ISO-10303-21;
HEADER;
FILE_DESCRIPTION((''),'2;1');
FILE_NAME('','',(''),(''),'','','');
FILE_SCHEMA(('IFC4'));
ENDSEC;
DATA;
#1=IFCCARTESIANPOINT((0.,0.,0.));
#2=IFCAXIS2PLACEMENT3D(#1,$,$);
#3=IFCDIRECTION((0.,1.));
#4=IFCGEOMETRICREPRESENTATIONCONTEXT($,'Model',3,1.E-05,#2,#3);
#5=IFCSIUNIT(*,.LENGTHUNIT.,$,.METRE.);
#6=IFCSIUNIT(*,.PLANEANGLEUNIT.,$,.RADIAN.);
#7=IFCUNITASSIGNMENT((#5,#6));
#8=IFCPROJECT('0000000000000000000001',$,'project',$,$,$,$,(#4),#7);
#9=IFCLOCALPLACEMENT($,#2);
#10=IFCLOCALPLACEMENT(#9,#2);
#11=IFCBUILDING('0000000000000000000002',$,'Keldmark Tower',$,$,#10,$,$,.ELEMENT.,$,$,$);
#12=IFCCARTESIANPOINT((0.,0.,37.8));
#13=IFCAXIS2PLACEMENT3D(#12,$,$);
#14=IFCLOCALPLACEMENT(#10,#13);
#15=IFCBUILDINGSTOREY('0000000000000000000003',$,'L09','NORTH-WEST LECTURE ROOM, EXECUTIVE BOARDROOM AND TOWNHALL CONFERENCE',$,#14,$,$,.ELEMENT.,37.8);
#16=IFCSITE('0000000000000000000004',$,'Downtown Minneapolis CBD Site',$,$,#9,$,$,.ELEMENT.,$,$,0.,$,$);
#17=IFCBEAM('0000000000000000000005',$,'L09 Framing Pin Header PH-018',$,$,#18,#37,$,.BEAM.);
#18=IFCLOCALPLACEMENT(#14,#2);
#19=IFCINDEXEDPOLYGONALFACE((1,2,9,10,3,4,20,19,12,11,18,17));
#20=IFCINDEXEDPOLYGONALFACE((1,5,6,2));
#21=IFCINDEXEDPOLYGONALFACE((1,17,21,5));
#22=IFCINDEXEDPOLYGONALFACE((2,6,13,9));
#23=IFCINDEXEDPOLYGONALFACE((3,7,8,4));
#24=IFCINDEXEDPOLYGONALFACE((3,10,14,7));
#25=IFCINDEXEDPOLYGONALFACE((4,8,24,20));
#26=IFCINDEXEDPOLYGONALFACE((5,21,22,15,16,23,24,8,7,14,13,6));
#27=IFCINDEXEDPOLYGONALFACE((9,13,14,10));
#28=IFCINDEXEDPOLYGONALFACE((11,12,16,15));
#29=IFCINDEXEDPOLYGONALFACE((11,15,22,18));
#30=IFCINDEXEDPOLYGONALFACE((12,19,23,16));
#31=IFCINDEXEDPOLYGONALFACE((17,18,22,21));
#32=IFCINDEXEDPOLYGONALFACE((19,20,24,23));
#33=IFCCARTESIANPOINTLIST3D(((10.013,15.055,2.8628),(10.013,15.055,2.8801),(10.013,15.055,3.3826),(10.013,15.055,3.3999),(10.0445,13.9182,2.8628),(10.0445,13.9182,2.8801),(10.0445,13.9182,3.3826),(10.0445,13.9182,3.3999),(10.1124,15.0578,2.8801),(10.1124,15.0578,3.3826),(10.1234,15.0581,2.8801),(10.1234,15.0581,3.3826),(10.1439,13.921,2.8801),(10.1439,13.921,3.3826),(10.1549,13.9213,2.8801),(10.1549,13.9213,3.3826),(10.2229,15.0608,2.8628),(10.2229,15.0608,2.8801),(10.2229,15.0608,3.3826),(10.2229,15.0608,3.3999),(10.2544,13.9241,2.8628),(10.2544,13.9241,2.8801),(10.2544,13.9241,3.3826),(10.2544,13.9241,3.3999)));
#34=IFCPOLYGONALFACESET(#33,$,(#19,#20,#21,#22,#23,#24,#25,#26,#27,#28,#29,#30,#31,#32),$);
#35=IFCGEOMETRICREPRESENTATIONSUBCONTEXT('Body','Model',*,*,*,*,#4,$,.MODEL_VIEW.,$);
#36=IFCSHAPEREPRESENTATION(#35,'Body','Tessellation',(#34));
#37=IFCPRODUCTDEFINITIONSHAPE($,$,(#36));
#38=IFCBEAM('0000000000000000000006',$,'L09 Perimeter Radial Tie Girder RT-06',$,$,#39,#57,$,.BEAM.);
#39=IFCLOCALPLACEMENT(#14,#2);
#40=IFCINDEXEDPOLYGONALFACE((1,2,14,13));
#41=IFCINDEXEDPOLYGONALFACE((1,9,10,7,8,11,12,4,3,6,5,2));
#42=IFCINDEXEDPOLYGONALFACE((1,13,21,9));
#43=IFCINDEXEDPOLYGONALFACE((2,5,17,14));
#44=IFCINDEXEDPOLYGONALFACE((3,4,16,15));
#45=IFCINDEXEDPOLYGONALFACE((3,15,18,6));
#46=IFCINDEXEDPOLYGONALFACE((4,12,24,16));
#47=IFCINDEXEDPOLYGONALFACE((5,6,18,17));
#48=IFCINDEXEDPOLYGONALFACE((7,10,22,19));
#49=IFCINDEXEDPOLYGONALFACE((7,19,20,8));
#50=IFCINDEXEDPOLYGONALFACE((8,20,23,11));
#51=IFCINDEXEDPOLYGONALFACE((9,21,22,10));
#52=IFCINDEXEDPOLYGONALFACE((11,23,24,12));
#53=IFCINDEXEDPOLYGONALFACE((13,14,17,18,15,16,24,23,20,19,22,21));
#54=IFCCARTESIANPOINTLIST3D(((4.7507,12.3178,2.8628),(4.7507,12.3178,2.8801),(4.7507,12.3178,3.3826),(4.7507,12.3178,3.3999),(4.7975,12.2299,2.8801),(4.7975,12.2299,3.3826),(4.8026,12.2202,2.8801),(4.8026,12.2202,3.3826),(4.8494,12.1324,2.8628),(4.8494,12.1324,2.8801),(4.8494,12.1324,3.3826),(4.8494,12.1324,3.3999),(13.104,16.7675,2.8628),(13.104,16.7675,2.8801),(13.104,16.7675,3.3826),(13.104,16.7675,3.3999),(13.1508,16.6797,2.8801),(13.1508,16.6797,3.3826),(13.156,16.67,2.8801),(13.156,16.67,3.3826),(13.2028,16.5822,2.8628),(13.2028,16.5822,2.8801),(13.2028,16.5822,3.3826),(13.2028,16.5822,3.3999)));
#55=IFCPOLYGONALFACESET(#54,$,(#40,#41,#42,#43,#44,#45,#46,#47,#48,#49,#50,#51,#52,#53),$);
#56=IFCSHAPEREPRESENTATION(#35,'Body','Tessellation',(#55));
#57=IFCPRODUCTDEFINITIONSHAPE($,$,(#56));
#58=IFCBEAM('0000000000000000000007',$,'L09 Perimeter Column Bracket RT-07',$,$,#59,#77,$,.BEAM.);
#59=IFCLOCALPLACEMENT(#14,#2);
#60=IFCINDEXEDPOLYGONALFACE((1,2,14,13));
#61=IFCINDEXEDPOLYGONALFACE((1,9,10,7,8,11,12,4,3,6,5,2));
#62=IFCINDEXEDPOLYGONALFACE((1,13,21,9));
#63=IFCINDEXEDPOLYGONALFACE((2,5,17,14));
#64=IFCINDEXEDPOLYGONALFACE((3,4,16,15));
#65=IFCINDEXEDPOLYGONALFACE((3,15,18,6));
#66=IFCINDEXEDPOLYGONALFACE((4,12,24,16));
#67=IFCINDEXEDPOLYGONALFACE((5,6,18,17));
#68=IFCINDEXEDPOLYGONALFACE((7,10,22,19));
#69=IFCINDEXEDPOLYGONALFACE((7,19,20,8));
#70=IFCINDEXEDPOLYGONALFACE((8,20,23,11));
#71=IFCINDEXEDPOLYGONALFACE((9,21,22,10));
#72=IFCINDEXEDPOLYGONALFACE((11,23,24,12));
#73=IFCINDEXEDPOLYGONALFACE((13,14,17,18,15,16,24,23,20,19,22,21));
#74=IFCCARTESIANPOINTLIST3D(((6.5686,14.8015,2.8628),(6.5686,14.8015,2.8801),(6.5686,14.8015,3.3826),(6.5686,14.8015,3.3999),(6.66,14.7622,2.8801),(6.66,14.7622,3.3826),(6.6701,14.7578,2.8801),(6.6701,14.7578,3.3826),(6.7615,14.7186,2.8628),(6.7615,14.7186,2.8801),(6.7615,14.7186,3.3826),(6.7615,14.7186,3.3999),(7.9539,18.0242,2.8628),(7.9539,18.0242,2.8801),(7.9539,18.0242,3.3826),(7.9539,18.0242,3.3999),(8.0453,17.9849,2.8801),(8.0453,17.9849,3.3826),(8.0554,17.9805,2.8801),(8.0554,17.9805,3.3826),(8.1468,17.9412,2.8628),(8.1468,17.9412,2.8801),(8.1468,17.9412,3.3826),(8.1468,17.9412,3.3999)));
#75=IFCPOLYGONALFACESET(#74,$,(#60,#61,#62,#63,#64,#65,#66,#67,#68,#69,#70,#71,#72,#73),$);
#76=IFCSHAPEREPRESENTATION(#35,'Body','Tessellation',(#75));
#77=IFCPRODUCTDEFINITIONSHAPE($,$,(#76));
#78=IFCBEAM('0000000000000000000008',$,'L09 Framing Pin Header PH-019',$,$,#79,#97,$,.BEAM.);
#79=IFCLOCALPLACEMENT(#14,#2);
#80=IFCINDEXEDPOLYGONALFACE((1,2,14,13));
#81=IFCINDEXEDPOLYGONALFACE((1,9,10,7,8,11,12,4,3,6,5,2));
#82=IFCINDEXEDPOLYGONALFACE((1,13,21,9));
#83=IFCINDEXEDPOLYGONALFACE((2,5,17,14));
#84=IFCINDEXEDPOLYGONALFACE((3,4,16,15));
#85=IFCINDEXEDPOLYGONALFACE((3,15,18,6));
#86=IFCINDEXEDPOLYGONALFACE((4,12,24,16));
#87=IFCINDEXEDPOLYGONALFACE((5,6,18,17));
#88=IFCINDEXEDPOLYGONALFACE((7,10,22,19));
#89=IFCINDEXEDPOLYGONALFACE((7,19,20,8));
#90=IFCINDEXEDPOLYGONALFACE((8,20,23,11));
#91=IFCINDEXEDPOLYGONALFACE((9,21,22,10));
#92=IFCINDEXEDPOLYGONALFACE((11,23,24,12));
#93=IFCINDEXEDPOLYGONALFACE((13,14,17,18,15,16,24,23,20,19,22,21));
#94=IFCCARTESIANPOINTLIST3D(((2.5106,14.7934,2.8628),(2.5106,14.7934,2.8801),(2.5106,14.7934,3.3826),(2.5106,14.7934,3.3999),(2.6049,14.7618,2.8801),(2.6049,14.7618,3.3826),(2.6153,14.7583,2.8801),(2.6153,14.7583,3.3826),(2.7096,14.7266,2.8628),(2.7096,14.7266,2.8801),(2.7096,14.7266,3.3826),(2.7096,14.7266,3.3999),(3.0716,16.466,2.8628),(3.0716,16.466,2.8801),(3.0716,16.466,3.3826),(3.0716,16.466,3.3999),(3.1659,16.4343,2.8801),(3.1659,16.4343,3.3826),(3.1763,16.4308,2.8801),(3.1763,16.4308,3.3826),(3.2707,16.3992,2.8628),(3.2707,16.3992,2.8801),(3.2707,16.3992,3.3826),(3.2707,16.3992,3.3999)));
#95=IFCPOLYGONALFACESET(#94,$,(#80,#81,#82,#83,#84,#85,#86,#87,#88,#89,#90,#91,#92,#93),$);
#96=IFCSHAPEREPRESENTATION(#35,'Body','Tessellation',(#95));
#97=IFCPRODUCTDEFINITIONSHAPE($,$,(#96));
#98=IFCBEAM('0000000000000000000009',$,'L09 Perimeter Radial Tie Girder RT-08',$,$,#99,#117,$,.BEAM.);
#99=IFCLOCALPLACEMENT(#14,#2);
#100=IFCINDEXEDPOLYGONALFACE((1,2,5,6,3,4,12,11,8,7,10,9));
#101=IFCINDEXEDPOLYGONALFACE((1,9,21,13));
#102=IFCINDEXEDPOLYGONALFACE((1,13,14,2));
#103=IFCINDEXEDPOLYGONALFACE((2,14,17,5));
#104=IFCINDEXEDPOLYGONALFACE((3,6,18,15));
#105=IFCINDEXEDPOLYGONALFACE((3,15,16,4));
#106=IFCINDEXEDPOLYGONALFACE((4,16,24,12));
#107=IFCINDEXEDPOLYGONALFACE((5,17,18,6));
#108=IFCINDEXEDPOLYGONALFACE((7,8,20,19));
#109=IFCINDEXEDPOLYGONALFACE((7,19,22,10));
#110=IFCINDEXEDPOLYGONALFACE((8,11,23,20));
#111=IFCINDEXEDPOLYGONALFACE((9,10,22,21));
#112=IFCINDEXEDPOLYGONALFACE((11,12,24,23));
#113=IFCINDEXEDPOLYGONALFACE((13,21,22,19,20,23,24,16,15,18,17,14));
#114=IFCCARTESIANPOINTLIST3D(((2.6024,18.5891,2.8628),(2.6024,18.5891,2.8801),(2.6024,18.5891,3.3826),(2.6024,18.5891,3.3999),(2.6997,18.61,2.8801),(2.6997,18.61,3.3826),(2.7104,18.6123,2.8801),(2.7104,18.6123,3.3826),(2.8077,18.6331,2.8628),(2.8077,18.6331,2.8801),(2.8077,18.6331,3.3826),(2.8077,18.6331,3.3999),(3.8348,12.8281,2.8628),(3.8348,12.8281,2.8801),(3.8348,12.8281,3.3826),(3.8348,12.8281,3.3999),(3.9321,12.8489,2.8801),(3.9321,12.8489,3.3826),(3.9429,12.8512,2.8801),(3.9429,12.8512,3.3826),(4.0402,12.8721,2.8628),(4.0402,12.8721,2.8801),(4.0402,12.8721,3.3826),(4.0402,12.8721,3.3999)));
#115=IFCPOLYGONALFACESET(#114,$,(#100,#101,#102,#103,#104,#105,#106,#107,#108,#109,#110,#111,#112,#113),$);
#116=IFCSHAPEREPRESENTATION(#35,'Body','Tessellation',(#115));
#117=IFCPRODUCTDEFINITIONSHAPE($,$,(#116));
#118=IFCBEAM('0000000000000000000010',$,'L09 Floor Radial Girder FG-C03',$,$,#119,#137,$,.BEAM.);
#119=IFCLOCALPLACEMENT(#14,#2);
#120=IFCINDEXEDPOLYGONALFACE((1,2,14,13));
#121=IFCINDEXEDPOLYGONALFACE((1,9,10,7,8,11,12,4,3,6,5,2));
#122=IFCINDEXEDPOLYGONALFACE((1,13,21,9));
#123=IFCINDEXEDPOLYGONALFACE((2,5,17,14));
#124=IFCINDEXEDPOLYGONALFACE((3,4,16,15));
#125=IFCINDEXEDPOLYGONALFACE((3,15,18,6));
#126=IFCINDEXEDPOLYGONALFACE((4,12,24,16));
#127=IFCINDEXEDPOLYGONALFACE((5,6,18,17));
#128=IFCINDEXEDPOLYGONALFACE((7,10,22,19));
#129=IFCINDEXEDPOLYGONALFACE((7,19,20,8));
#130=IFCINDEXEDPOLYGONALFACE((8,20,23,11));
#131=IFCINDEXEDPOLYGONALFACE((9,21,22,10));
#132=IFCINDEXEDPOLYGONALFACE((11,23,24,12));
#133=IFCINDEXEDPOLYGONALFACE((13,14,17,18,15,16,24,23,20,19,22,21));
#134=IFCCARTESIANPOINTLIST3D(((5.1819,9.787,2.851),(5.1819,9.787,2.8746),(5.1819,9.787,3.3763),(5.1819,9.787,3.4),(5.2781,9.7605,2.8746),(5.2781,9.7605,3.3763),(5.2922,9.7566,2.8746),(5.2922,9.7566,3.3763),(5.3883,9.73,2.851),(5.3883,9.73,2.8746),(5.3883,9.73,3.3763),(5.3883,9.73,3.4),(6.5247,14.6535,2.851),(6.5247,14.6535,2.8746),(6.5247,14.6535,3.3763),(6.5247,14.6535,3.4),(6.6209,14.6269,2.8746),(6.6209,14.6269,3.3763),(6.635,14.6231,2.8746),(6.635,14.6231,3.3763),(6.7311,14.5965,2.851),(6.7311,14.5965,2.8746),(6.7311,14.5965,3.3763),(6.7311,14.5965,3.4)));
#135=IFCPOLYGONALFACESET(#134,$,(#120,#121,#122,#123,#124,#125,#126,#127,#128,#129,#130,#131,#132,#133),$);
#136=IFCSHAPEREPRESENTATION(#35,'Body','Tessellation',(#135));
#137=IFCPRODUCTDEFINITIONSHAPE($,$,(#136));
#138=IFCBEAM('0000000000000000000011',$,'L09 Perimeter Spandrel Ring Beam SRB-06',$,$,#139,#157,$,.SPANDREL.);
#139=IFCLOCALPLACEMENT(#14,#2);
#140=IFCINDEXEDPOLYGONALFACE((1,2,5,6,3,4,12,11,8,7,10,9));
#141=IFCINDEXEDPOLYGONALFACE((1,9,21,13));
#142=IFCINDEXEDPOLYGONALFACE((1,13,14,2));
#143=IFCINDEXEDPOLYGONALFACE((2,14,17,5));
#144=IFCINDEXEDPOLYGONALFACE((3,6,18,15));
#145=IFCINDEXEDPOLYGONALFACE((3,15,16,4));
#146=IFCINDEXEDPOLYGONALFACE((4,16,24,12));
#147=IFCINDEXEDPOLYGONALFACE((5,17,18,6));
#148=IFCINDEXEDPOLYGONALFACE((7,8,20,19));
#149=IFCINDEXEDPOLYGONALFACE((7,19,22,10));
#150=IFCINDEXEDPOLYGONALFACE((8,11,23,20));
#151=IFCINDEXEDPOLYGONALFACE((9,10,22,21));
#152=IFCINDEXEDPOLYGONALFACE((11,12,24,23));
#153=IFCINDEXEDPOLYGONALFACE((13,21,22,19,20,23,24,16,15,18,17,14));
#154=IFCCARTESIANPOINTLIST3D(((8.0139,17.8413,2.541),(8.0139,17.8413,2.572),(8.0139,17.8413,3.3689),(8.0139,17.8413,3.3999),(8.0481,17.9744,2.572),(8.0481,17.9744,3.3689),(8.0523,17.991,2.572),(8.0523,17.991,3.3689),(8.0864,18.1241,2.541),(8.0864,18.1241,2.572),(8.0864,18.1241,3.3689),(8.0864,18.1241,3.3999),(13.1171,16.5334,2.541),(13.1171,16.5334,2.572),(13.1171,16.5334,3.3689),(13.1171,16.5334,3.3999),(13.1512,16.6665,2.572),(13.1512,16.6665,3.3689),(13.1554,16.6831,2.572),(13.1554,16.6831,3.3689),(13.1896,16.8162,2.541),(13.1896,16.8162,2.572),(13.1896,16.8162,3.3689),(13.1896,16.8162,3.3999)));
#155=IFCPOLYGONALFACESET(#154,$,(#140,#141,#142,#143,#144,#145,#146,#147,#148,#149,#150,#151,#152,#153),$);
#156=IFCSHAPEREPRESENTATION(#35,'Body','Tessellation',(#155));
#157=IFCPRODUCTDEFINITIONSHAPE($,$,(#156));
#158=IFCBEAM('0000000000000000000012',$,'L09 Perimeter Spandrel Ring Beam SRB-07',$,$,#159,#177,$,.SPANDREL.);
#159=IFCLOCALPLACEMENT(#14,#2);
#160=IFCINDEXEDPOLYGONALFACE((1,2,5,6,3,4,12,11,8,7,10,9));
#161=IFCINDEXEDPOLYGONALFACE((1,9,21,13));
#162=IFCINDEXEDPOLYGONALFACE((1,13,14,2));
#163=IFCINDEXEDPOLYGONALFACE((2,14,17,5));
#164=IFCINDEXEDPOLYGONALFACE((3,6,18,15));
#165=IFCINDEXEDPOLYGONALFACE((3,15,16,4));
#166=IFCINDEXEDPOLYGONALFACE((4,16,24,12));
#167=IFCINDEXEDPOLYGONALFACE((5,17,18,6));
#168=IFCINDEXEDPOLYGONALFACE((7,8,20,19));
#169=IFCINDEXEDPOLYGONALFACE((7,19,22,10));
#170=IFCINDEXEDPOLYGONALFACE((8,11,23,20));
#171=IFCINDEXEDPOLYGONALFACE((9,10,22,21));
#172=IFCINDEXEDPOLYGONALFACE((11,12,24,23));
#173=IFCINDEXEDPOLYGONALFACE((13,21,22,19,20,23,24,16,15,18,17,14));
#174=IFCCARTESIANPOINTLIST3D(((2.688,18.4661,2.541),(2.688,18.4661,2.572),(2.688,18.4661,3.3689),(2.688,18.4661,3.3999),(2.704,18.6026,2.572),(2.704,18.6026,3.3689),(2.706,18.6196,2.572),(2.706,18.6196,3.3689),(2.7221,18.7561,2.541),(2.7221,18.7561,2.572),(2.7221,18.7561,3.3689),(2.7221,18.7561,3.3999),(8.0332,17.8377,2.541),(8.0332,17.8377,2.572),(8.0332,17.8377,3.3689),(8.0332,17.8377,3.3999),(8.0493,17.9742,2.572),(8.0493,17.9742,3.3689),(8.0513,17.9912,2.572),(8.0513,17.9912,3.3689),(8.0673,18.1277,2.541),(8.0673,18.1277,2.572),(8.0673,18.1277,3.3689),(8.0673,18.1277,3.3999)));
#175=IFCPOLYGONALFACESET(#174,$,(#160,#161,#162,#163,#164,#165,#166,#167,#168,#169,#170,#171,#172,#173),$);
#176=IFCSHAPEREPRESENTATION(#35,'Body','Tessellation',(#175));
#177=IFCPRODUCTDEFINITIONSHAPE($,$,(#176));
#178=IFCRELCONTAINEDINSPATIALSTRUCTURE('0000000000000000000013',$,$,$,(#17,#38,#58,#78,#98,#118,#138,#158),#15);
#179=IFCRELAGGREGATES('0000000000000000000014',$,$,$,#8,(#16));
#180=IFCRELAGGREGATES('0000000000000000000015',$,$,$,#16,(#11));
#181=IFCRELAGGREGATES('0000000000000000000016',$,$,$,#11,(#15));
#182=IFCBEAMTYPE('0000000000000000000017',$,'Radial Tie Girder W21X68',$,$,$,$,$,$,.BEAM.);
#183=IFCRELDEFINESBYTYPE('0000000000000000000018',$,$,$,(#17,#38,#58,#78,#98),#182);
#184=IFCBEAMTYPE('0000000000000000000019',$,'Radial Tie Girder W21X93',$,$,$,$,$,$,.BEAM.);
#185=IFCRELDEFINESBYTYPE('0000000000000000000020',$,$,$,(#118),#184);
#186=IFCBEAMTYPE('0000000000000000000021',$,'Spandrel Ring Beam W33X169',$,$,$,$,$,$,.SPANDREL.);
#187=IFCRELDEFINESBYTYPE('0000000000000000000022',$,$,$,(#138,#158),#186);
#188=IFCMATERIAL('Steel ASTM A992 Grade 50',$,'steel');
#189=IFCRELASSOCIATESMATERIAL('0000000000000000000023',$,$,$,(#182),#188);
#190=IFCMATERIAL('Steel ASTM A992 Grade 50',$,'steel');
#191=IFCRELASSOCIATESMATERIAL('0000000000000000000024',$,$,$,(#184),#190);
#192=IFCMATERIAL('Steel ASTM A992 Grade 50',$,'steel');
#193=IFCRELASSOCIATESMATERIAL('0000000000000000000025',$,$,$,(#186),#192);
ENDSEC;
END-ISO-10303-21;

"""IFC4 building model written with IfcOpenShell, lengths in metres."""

from ifc_helpers import new_model, si_unit, direction, frame, origin, origin_2d, place, context, subcontext, project, spatial, i_section, extrude, material, material_profile, profile_set, type_object, element, save


model = new_model("IFC4")

# Units and contexts
model_context = context("Model", 3, precision=1e-05, world=origin(), true_north=direction((0.0, 1.0)))
body_context = subcontext(model_context, "Body", "Model", "MODEL_VIEW")
ifc_project = project(units=[si_unit("LENGTHUNIT", "METRE"), si_unit("PLANEANGLEUNIT", "RADIAN")], contexts=[model_context])

# Site, building, storey
site_placement = place(None, origin())
site = spatial("IfcSite", under=ifc_project, at=site_placement, Name="Downtown Minneapolis CBD Site", CompositionType="ELEMENT", RefElevation=0.0)
building_placement = place(site_placement, origin())
building = spatial("IfcBuilding", under=site, at=building_placement, Name="Keldmark Tower", CompositionType="ELEMENT")
storey_placement = place(building_placement, frame((0.0, 0.0, 37.8)))
storey = spatial("IfcBuildingStorey", under=building, at=storey_placement, Name="L09", Description="NORTH-WEST LECTURE ROOM, EXECUTIVE BOARDROOM AND TOWNHALL CONFERENCE", CompositionType="ELEMENT", Elevation=37.8)

# Beams
ifc_material_1 = material(Name="Steel ASTM A992 Grade 50", Category="steel")
ifc_material_profile_1 = material_profile(ifc_material_1, i_section(OverallWidth=0.21, OverallDepth=0.5371, WebThickness=0.011, FlangeThickness=0.0173, at=origin_2d()), Name="W21X68")
ifc_profile_set_1 = profile_set([ifc_material_profile_1], Name="Steel ASTM A992 Grade 50")
beam_type_1 = type_object("IfcBeamType", Name="Radial Tie Girder W21X68", PredefinedType="BEAM", material=ifc_profile_set_1)
beam_1_placement = place(storey_placement, frame((10.1494, 13.9211, 3.1313), z_axis=(-0.027696, 0.999616, 0.0), x_axis=(-0.999616, -0.027696, 0.0)))
element("IfcBeam", 1, at=beam_1_placement, inside=storey, type_object=beam_type_1, Name="L09 Framing Pin Header PH-018", PredefinedType="BEAM", context=body_context, shape_type="SweptSolid", body=[
    extrude(i_section(OverallWidth=0.21, OverallDepth=0.5371, WebThickness=0.011, FlangeThickness=0.0173, at=origin_2d()), origin(), (0.0, 0.0, 1.0), 1.1372),
])
beam_2_placement = place(storey_placement, frame((4.8, 12.2251, 3.1313), z_axis=(0.882588, 0.470146, 0.0), x_axis=(-0.470146, 0.882588, 0.0)))
element("IfcBeam", 2, at=beam_2_placement, inside=storey, type_object=beam_type_1, Name="L09 Perimeter Radial Tie Girder RT-06", PredefinedType="BEAM", context=body_context, shape_type="SweptSolid", body=[
    extrude(i_section(OverallWidth=0.21, OverallDepth=0.5371, WebThickness=0.011, FlangeThickness=0.0173, at=origin_2d()), origin(), (0.0, 0.0, 1.0), 9.4646),
])
beam_3_placement = place(storey_placement, frame((6.665, 14.76, 3.1313), z_axis=(0.39491, 0.91872, 0.0), x_axis=(-0.91872, 0.39491, 0.0)))
element("IfcBeam", 3, at=beam_3_placement, inside=storey, type_object=beam_type_1, Name="L09 Perimeter Column Bracket RT-07", PredefinedType="BEAM", context=body_context, shape_type="SweptSolid", body=[
    extrude(i_section(OverallWidth=0.21, OverallDepth=0.5371, WebThickness=0.011, FlangeThickness=0.0173, at=origin_2d()), origin(), (0.0, 0.0, 1.0), 3.5078),
])
beam_4_placement = place(storey_placement, frame((2.6101, 14.76, 3.1313), z_axis=(0.318012, 0.948087, 0.0), x_axis=(-0.948087, 0.318012, 0.0)))
element("IfcBeam", 4, at=beam_4_placement, inside=storey, type_object=beam_type_1, Name="L09 Framing Pin Header PH-019", PredefinedType="BEAM", context=body_context, shape_type="SweptSolid", body=[
    extrude(i_section(OverallWidth=0.21, OverallDepth=0.5371, WebThickness=0.011, FlangeThickness=0.0173, at=origin_2d()), origin(), (0.0, 0.0, 1.0), 1.7642),
])
beam_5_placement = place(storey_placement, frame((3.9375, 12.8501, 3.1313), z_axis=(-0.209192, 0.977875, 0.0), x_axis=(-0.977875, -0.209192, 0.0)))
element("IfcBeam", 5, at=beam_5_placement, inside=storey, type_object=beam_type_1, Name="L09 Perimeter Radial Tie Girder RT-08", PredefinedType="BEAM", context=body_context, shape_type="SweptSolid", body=[
    extrude(i_section(OverallWidth=0.21, OverallDepth=0.5371, WebThickness=0.011, FlangeThickness=0.0173, at=origin_2d()), origin(), (0.0, 0.0, 1.0), 5.8914),
])
ifc_material_2 = material(Name="Steel ASTM A992 Grade 50", Category="steel")
ifc_material_profile_2 = material_profile(ifc_material_2, i_section(OverallWidth=0.2141, OverallDepth=0.5491, WebThickness=0.0146, FlangeThickness=0.0237, at=origin_2d()), Name="W21X93")
ifc_profile_set_2 = profile_set([ifc_material_profile_2], Name="Steel ASTM A992 Grade 50")
beam_type_2 = type_object("IfcBeamType", Name="Radial Tie Girder W21X93", PredefinedType="BEAM", material=ifc_profile_set_2)
beam_6_placement = place(storey_placement, frame((6.6279, 14.625, 3.1255), z_axis=(-0.265985, -0.963977, 0.0), x_axis=(0.963977, -0.265985, 0.0)))
element("IfcBeam", 6, at=beam_6_placement, inside=storey, type_object=beam_type_2, Name="L09 Floor Radial Girder FG-C03", PredefinedType="BEAM", context=body_context, shape_type="SweptSolid", body=[
    extrude(i_section(OverallWidth=0.2141, OverallDepth=0.5491, WebThickness=0.0146, FlangeThickness=0.0237, at=origin_2d()), origin(), (0.0, 0.0, 1.0), 5.0483),
])
ifc_material_3 = material(Name="Steel ASTM A992 Grade 50", Category="steel")
ifc_material_profile_3 = material_profile(ifc_material_3, i_section(OverallWidth=0.292, OverallDepth=0.8589, WebThickness=0.0171, FlangeThickness=0.031, at=origin_2d()), Name="W33X169")
ifc_profile_set_3 = profile_set([ifc_material_profile_3], Name="Steel ASTM A992 Grade 50")
beam_type_3 = type_object("IfcBeamType", Name="Spandrel Ring Beam W33X169", PredefinedType="SPANDREL", material=ifc_profile_set_3)
beam_7_placement = place(storey_placement, frame((13.1533, 16.6748, 2.9705), z_axis=(-0.968692, 0.248267, 0.0), x_axis=(-0.248267, -0.968692, 0.0)))
element("IfcBeam", 7, at=beam_7_placement, inside=storey, type_object=beam_type_3, Name="L09 Perimeter Spandrel Ring Beam SRB-06", PredefinedType="SPANDREL", context=body_context, shape_type="SweptSolid", body=[
    extrude(i_section(OverallWidth=0.292, OverallDepth=0.8589, WebThickness=0.0171, FlangeThickness=0.031, at=origin_2d()), origin(), (0.0, 0.0, 1.0), 5.2681),
])
beam_8_placement = place(storey_placement, frame((8.0503, 17.9827, 2.9705), z_axis=(-0.99316, 0.116762, 0.0), x_axis=(-0.116762, -0.99316, 0.0)))
element("IfcBeam", 8, at=beam_8_placement, inside=storey, type_object=beam_type_3, Name="L09 Perimeter Spandrel Ring Beam SRB-07", PredefinedType="SPANDREL", context=body_context, shape_type="SweptSolid", body=[
    extrude(i_section(OverallWidth=0.292, OverallDepth=0.8589, WebThickness=0.0171, FlangeThickness=0.031, at=origin_2d()), origin(), (0.0, 0.0, 1.0), 5.3821),
])

save(model, "model.ifc")
